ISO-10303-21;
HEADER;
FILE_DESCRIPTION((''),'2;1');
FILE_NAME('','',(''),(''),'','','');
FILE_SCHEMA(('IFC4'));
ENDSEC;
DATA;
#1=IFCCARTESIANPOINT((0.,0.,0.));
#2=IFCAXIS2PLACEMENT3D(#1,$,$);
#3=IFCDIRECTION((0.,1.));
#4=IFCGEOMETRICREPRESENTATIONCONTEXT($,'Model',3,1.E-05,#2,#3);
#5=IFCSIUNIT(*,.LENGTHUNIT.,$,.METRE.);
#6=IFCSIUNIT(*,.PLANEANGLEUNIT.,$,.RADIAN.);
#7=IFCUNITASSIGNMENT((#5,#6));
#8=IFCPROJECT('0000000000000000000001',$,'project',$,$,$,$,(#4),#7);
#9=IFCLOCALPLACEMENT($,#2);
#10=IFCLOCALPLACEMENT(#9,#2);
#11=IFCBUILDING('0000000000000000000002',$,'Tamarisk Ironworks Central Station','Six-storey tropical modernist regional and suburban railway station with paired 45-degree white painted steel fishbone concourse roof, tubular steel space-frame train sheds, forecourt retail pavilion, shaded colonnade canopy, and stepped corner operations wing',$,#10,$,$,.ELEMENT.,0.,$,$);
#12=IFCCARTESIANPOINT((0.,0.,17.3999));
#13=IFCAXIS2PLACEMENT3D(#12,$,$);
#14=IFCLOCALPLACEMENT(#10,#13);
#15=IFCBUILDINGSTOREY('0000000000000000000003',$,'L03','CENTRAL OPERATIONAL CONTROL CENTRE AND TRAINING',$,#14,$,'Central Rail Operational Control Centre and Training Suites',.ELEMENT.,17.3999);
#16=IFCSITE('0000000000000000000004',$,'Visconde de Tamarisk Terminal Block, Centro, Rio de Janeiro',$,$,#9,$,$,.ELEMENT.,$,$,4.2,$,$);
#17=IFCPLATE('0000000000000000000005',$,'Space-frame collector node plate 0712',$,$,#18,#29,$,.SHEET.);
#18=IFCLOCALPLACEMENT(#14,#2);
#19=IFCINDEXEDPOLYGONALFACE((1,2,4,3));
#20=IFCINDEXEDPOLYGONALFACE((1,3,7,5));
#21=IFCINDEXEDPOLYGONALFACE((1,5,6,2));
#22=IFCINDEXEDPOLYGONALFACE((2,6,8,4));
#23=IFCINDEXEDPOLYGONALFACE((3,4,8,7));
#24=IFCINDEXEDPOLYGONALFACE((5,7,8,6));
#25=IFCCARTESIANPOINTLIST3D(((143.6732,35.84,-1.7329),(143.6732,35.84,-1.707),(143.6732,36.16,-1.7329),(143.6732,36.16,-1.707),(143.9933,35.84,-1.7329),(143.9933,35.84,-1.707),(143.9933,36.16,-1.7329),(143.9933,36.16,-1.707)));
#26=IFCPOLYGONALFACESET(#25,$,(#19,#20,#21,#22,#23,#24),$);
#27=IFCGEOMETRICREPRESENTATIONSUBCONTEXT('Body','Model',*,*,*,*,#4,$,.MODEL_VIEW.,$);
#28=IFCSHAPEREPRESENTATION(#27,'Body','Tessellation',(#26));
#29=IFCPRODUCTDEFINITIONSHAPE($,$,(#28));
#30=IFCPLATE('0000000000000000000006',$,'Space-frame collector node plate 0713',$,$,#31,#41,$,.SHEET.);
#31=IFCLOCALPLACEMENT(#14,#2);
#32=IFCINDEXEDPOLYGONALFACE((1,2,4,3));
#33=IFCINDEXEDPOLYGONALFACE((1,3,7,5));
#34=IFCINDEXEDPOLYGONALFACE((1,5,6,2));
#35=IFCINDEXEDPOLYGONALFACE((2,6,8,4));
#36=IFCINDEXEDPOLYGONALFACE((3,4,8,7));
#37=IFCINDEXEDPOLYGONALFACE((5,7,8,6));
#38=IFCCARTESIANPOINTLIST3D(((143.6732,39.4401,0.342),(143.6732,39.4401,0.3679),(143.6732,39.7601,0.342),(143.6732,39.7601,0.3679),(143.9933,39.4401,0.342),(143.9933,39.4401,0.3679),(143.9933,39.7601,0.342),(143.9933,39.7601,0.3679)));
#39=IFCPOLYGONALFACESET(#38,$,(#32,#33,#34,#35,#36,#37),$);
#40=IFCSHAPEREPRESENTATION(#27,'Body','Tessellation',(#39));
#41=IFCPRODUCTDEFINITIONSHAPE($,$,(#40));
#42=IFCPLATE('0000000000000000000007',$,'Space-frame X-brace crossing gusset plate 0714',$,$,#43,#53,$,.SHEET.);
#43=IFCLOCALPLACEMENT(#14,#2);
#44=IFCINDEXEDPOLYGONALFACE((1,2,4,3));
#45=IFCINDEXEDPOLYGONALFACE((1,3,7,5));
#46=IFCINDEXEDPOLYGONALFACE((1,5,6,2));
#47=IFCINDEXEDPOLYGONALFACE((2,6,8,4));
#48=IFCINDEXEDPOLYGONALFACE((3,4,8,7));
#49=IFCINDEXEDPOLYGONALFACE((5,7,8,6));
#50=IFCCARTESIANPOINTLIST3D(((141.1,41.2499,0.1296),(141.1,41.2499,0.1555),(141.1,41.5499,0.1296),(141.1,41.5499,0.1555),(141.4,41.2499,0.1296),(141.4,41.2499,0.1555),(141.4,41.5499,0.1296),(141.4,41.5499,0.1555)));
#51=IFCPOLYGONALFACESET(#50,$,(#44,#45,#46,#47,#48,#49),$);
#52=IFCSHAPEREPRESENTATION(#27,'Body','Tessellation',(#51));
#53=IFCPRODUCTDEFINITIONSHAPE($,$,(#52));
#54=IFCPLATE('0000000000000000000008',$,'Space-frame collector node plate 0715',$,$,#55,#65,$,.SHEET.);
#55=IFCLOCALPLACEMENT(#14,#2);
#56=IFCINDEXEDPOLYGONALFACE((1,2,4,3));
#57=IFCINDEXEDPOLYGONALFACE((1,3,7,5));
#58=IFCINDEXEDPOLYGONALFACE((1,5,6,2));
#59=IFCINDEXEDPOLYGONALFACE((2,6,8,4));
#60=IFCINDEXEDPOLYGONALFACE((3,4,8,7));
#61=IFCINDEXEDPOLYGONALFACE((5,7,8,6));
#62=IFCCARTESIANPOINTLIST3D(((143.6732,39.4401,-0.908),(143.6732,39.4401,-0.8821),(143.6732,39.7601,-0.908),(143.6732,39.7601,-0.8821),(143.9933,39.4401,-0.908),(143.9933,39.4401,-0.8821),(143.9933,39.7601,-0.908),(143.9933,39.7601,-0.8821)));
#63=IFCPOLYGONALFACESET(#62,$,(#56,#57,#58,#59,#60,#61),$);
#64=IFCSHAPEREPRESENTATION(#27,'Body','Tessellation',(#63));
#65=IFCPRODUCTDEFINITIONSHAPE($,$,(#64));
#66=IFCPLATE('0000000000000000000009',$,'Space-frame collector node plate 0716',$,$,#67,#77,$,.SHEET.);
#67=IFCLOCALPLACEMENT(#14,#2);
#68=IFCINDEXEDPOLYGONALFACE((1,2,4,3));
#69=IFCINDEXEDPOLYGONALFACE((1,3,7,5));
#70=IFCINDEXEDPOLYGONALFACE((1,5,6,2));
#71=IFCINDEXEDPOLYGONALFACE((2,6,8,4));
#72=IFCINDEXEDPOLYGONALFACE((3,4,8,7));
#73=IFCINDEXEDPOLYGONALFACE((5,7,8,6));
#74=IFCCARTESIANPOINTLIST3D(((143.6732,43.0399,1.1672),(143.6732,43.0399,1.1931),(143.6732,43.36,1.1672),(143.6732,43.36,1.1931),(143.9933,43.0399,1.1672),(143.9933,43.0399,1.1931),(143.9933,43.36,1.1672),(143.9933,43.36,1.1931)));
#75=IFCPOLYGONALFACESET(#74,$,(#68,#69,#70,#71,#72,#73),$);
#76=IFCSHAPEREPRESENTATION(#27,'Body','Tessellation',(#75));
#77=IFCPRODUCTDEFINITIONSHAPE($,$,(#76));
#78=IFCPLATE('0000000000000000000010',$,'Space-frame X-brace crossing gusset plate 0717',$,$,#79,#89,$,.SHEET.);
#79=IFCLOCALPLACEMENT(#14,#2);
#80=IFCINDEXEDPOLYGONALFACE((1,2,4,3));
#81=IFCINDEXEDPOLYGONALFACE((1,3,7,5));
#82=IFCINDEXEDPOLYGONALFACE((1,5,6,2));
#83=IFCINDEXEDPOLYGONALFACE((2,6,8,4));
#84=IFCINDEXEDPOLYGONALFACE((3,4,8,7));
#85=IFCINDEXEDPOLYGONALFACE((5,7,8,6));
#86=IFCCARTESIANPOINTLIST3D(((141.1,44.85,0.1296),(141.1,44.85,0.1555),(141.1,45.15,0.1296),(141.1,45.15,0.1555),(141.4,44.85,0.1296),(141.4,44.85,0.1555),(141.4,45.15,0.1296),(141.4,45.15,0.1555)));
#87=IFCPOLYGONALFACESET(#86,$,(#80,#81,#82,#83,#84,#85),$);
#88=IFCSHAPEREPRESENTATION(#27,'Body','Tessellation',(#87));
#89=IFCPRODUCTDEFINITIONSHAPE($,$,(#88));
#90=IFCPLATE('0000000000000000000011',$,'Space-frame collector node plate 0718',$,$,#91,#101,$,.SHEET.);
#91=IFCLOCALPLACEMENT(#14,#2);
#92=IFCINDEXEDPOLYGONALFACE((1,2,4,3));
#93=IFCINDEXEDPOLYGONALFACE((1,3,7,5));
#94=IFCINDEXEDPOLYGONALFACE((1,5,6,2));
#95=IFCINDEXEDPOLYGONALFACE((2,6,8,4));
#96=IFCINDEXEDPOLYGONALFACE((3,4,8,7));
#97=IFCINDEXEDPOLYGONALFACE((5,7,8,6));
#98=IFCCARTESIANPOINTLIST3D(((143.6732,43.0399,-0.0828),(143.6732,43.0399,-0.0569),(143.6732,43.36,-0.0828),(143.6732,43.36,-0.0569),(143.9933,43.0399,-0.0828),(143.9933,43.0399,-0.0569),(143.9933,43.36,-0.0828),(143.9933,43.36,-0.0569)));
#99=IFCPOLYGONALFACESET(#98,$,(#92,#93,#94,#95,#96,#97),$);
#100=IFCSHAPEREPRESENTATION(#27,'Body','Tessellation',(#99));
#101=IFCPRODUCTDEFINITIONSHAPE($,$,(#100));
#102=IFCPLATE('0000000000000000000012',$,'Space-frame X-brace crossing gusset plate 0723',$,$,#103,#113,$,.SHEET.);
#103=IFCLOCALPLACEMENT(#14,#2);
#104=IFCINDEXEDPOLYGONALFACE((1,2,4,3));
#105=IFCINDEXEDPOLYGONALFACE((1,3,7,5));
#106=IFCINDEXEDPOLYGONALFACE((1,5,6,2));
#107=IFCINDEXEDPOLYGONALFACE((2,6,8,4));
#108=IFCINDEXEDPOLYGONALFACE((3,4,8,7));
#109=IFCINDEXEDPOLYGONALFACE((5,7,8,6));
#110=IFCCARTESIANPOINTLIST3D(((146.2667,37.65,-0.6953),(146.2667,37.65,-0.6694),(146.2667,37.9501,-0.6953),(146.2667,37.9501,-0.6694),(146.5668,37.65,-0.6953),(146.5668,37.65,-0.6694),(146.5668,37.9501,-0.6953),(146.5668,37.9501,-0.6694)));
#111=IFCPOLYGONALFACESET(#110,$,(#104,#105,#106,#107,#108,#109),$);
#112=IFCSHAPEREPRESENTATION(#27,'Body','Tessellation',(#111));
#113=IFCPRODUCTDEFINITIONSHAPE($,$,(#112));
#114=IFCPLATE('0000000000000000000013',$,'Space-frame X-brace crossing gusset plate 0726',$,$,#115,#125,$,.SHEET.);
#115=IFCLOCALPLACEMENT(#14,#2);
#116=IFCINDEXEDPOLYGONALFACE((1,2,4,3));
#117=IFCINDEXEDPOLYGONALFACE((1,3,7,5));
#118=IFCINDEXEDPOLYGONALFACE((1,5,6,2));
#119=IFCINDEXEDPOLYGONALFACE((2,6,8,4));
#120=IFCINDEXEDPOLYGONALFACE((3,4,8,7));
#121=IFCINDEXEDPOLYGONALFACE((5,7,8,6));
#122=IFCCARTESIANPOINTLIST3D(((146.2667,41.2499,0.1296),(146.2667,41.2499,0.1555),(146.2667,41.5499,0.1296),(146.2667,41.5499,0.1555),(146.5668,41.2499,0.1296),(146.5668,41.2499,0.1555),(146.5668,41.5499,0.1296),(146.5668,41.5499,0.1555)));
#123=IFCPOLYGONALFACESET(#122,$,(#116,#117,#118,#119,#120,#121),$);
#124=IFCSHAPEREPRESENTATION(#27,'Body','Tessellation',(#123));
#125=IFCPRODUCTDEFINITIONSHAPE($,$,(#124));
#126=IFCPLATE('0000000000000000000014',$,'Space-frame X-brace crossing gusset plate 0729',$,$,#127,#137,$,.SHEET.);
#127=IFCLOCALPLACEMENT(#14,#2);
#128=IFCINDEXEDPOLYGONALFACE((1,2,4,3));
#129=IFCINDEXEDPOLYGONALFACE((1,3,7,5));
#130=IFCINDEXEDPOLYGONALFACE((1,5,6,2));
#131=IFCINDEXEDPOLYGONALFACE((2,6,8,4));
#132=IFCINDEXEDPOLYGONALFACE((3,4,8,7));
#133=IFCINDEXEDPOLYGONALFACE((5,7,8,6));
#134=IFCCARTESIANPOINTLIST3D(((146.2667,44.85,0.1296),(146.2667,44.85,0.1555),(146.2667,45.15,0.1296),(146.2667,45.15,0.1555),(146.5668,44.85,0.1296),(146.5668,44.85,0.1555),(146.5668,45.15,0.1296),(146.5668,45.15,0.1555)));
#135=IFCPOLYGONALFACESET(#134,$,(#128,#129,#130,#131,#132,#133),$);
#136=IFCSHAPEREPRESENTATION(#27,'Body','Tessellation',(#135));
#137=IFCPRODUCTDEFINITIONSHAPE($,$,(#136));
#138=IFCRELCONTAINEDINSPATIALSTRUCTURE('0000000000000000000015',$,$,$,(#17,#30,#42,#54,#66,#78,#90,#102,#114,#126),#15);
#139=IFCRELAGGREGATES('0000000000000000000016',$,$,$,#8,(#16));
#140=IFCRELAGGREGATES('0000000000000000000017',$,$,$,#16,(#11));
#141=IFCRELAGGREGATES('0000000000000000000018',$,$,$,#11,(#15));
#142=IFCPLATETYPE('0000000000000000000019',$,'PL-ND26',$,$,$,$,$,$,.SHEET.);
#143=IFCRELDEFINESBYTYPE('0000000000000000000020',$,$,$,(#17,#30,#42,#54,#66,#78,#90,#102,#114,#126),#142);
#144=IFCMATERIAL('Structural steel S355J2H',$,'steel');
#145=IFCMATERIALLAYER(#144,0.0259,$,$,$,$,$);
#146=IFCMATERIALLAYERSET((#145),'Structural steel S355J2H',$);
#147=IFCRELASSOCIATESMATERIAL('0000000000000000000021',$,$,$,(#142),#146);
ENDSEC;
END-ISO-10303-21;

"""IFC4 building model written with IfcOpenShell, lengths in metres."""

from ifc_helpers import new_model, si_unit, direction, frame, origin, origin_2d, place, context, subcontext, project, spatial, rectangle, extrude, material, layer, layer_set, type_object, element, save


model = new_model("IFC4")

# Units and contexts
model_context = context("Model", 3, precision=1e-05, world=origin(), true_north=direction((0.0, 1.0)))
body_context = subcontext(model_context, "Body", "Model", "MODEL_VIEW")
ifc_project = project(units=[si_unit("LENGTHUNIT", "METRE"), si_unit("PLANEANGLEUNIT", "RADIAN")], contexts=[model_context])

# Site, building, storey
site_placement = place(None, origin())
site = spatial("IfcSite", under=ifc_project, at=site_placement, Name="Visconde de Tamarisk Terminal Block, Centro, Rio de Janeiro", CompositionType="ELEMENT", RefElevation=4.2)
building_placement = place(site_placement, origin())
building = spatial("IfcBuilding", under=site, at=building_placement, Name="Tamarisk Ironworks Central Station", Description="Six-storey tropical modernist regional and suburban railway station with paired 45-degree white painted steel fishbone concourse roof, tubular steel space-frame train sheds, forecourt retail pavilion, shaded colonnade canopy, and stepped corner operations wing", CompositionType="ELEMENT", ElevationOfRefHeight=0.0)
storey_placement = place(building_placement, frame((0.0, 0.0, 17.3999)))
storey = spatial("IfcBuildingStorey", under=building, at=storey_placement, Name="L03", Description="CENTRAL OPERATIONAL CONTROL CENTRE AND TRAINING", LongName="Central Rail Operational Control Centre and Training Suites", CompositionType="ELEMENT", Elevation=17.3999)

# Shared definitions
ifc_material_1 = material(Name="Structural steel S355J2H", Category="steel")

# Plates
ifc_layer = layer(ifc_material_1, 0.0259)
ifc_layer_set = layer_set([ifc_layer], Name="Structural steel S355J2H")
plate_type = type_object("IfcPlateType", Name="PL-ND26", PredefinedType="SHEET", material=ifc_layer_set)
for number, where, z_axis, x_axis, name in (
    (1, (143.8333, 36.0, -1.7329), (0.0, 0.0, 1.0), (1.0, 0.0, 0.0), "Space-frame collector node plate 0712"),
    (2, (143.8333, 39.6001, 0.342), (0.0, 0.0, 1.0), (1.0, 0.0, 0.0), "Space-frame collector node plate 0713"),
):
    element("IfcPlate", number, at=place(storey_placement, frame(where, z_axis=z_axis, x_axis=x_axis)), inside=storey, type_object=plate_type, Name=name, PredefinedType="SHEET", context=body_context, shape_type="SweptSolid", body=[
        extrude(rectangle(XDim=0.3201, YDim=0.3201, at=origin_2d()), origin(), (0.0, 0.0, 1.0), 0.0259),
    ])
plate_1_placement = place(storey_placement, frame((141.25, 41.3999, 0.1296), z_axis=(0.0, 0.0, 1.0), x_axis=(1.0, 0.0, 0.0)))
element("IfcPlate", 3, at=plate_1_placement, inside=storey, type_object=plate_type, Name="Space-frame X-brace crossing gusset plate 0714", PredefinedType="SHEET", context=body_context, shape_type="SweptSolid", body=[
    extrude(rectangle(XDim=0.3, YDim=0.3, at=origin_2d()), origin(), (0.0, 0.0, 1.0), 0.0259),
])
for number, where, z_axis, x_axis, name in (
    (4, (143.8333, 39.6001, -0.908), (0.0, 0.0, 1.0), (1.0, 0.0, 0.0), "Space-frame collector node plate 0715"),
    (5, (143.8333, 43.2, 1.1672), (0.0, 0.0, 1.0), (1.0, 0.0, 0.0), "Space-frame collector node plate 0716"),
):
    element("IfcPlate", number, at=place(storey_placement, frame(where, z_axis=z_axis, x_axis=x_axis)), inside=storey, type_object=plate_type, Name=name, PredefinedType="SHEET", context=body_context, shape_type="SweptSolid", body=[
        extrude(rectangle(XDim=0.3201, YDim=0.3201, at=origin_2d()), origin(), (0.0, 0.0, 1.0), 0.0259),
    ])
plate_2_placement = place(storey_placement, frame((141.25, 45.0, 0.1296), z_axis=(0.0, 0.0, 1.0), x_axis=(1.0, 0.0, 0.0)))
element("IfcPlate", 6, at=plate_2_placement, inside=storey, type_object=plate_type, Name="Space-frame X-brace crossing gusset plate 0717", PredefinedType="SHEET", context=body_context, shape_type="SweptSolid", body=[
    extrude(rectangle(XDim=0.3, YDim=0.3, at=origin_2d()), origin(), (0.0, 0.0, 1.0), 0.0259),
])
plate_3_placement = place(storey_placement, frame((143.8333, 43.2, -0.0828), z_axis=(0.0, 0.0, 1.0), x_axis=(1.0, 0.0, 0.0)))
element("IfcPlate", 7, at=plate_3_placement, inside=storey, type_object=plate_type, Name="Space-frame collector node plate 0718", PredefinedType="SHEET", context=body_context, shape_type="SweptSolid", body=[
    extrude(rectangle(XDim=0.3201, YDim=0.3201, at=origin_2d()), origin(), (0.0, 0.0, 1.0), 0.0259),
])
for number, where, z_axis, x_axis, name in (
    (8, (146.4167, 37.8, -0.6953), (0.0, 0.0, 1.0), (1.0, 0.0, 0.0), "Space-frame X-brace crossing gusset plate 0723"),
    (9, (146.4167, 41.3999, 0.1296), (0.0, 0.0, 1.0), (1.0, 0.0, 0.0), "Space-frame X-brace crossing gusset plate 0726"),
    (10, (146.4167, 45.0, 0.1296), (0.0, 0.0, 1.0), (1.0, 0.0, 0.0), "Space-frame X-brace crossing gusset plate 0729"),
):
    element("IfcPlate", number, at=place(storey_placement, frame(where, z_axis=z_axis, x_axis=x_axis)), inside=storey, type_object=plate_type, Name=name, PredefinedType="SHEET", context=body_context, shape_type="SweptSolid", body=[
        extrude(rectangle(XDim=0.3, YDim=0.3, at=origin_2d()), origin(), (0.0, 0.0, 1.0), 0.0259),
    ])

save(model, "model.ifc")
